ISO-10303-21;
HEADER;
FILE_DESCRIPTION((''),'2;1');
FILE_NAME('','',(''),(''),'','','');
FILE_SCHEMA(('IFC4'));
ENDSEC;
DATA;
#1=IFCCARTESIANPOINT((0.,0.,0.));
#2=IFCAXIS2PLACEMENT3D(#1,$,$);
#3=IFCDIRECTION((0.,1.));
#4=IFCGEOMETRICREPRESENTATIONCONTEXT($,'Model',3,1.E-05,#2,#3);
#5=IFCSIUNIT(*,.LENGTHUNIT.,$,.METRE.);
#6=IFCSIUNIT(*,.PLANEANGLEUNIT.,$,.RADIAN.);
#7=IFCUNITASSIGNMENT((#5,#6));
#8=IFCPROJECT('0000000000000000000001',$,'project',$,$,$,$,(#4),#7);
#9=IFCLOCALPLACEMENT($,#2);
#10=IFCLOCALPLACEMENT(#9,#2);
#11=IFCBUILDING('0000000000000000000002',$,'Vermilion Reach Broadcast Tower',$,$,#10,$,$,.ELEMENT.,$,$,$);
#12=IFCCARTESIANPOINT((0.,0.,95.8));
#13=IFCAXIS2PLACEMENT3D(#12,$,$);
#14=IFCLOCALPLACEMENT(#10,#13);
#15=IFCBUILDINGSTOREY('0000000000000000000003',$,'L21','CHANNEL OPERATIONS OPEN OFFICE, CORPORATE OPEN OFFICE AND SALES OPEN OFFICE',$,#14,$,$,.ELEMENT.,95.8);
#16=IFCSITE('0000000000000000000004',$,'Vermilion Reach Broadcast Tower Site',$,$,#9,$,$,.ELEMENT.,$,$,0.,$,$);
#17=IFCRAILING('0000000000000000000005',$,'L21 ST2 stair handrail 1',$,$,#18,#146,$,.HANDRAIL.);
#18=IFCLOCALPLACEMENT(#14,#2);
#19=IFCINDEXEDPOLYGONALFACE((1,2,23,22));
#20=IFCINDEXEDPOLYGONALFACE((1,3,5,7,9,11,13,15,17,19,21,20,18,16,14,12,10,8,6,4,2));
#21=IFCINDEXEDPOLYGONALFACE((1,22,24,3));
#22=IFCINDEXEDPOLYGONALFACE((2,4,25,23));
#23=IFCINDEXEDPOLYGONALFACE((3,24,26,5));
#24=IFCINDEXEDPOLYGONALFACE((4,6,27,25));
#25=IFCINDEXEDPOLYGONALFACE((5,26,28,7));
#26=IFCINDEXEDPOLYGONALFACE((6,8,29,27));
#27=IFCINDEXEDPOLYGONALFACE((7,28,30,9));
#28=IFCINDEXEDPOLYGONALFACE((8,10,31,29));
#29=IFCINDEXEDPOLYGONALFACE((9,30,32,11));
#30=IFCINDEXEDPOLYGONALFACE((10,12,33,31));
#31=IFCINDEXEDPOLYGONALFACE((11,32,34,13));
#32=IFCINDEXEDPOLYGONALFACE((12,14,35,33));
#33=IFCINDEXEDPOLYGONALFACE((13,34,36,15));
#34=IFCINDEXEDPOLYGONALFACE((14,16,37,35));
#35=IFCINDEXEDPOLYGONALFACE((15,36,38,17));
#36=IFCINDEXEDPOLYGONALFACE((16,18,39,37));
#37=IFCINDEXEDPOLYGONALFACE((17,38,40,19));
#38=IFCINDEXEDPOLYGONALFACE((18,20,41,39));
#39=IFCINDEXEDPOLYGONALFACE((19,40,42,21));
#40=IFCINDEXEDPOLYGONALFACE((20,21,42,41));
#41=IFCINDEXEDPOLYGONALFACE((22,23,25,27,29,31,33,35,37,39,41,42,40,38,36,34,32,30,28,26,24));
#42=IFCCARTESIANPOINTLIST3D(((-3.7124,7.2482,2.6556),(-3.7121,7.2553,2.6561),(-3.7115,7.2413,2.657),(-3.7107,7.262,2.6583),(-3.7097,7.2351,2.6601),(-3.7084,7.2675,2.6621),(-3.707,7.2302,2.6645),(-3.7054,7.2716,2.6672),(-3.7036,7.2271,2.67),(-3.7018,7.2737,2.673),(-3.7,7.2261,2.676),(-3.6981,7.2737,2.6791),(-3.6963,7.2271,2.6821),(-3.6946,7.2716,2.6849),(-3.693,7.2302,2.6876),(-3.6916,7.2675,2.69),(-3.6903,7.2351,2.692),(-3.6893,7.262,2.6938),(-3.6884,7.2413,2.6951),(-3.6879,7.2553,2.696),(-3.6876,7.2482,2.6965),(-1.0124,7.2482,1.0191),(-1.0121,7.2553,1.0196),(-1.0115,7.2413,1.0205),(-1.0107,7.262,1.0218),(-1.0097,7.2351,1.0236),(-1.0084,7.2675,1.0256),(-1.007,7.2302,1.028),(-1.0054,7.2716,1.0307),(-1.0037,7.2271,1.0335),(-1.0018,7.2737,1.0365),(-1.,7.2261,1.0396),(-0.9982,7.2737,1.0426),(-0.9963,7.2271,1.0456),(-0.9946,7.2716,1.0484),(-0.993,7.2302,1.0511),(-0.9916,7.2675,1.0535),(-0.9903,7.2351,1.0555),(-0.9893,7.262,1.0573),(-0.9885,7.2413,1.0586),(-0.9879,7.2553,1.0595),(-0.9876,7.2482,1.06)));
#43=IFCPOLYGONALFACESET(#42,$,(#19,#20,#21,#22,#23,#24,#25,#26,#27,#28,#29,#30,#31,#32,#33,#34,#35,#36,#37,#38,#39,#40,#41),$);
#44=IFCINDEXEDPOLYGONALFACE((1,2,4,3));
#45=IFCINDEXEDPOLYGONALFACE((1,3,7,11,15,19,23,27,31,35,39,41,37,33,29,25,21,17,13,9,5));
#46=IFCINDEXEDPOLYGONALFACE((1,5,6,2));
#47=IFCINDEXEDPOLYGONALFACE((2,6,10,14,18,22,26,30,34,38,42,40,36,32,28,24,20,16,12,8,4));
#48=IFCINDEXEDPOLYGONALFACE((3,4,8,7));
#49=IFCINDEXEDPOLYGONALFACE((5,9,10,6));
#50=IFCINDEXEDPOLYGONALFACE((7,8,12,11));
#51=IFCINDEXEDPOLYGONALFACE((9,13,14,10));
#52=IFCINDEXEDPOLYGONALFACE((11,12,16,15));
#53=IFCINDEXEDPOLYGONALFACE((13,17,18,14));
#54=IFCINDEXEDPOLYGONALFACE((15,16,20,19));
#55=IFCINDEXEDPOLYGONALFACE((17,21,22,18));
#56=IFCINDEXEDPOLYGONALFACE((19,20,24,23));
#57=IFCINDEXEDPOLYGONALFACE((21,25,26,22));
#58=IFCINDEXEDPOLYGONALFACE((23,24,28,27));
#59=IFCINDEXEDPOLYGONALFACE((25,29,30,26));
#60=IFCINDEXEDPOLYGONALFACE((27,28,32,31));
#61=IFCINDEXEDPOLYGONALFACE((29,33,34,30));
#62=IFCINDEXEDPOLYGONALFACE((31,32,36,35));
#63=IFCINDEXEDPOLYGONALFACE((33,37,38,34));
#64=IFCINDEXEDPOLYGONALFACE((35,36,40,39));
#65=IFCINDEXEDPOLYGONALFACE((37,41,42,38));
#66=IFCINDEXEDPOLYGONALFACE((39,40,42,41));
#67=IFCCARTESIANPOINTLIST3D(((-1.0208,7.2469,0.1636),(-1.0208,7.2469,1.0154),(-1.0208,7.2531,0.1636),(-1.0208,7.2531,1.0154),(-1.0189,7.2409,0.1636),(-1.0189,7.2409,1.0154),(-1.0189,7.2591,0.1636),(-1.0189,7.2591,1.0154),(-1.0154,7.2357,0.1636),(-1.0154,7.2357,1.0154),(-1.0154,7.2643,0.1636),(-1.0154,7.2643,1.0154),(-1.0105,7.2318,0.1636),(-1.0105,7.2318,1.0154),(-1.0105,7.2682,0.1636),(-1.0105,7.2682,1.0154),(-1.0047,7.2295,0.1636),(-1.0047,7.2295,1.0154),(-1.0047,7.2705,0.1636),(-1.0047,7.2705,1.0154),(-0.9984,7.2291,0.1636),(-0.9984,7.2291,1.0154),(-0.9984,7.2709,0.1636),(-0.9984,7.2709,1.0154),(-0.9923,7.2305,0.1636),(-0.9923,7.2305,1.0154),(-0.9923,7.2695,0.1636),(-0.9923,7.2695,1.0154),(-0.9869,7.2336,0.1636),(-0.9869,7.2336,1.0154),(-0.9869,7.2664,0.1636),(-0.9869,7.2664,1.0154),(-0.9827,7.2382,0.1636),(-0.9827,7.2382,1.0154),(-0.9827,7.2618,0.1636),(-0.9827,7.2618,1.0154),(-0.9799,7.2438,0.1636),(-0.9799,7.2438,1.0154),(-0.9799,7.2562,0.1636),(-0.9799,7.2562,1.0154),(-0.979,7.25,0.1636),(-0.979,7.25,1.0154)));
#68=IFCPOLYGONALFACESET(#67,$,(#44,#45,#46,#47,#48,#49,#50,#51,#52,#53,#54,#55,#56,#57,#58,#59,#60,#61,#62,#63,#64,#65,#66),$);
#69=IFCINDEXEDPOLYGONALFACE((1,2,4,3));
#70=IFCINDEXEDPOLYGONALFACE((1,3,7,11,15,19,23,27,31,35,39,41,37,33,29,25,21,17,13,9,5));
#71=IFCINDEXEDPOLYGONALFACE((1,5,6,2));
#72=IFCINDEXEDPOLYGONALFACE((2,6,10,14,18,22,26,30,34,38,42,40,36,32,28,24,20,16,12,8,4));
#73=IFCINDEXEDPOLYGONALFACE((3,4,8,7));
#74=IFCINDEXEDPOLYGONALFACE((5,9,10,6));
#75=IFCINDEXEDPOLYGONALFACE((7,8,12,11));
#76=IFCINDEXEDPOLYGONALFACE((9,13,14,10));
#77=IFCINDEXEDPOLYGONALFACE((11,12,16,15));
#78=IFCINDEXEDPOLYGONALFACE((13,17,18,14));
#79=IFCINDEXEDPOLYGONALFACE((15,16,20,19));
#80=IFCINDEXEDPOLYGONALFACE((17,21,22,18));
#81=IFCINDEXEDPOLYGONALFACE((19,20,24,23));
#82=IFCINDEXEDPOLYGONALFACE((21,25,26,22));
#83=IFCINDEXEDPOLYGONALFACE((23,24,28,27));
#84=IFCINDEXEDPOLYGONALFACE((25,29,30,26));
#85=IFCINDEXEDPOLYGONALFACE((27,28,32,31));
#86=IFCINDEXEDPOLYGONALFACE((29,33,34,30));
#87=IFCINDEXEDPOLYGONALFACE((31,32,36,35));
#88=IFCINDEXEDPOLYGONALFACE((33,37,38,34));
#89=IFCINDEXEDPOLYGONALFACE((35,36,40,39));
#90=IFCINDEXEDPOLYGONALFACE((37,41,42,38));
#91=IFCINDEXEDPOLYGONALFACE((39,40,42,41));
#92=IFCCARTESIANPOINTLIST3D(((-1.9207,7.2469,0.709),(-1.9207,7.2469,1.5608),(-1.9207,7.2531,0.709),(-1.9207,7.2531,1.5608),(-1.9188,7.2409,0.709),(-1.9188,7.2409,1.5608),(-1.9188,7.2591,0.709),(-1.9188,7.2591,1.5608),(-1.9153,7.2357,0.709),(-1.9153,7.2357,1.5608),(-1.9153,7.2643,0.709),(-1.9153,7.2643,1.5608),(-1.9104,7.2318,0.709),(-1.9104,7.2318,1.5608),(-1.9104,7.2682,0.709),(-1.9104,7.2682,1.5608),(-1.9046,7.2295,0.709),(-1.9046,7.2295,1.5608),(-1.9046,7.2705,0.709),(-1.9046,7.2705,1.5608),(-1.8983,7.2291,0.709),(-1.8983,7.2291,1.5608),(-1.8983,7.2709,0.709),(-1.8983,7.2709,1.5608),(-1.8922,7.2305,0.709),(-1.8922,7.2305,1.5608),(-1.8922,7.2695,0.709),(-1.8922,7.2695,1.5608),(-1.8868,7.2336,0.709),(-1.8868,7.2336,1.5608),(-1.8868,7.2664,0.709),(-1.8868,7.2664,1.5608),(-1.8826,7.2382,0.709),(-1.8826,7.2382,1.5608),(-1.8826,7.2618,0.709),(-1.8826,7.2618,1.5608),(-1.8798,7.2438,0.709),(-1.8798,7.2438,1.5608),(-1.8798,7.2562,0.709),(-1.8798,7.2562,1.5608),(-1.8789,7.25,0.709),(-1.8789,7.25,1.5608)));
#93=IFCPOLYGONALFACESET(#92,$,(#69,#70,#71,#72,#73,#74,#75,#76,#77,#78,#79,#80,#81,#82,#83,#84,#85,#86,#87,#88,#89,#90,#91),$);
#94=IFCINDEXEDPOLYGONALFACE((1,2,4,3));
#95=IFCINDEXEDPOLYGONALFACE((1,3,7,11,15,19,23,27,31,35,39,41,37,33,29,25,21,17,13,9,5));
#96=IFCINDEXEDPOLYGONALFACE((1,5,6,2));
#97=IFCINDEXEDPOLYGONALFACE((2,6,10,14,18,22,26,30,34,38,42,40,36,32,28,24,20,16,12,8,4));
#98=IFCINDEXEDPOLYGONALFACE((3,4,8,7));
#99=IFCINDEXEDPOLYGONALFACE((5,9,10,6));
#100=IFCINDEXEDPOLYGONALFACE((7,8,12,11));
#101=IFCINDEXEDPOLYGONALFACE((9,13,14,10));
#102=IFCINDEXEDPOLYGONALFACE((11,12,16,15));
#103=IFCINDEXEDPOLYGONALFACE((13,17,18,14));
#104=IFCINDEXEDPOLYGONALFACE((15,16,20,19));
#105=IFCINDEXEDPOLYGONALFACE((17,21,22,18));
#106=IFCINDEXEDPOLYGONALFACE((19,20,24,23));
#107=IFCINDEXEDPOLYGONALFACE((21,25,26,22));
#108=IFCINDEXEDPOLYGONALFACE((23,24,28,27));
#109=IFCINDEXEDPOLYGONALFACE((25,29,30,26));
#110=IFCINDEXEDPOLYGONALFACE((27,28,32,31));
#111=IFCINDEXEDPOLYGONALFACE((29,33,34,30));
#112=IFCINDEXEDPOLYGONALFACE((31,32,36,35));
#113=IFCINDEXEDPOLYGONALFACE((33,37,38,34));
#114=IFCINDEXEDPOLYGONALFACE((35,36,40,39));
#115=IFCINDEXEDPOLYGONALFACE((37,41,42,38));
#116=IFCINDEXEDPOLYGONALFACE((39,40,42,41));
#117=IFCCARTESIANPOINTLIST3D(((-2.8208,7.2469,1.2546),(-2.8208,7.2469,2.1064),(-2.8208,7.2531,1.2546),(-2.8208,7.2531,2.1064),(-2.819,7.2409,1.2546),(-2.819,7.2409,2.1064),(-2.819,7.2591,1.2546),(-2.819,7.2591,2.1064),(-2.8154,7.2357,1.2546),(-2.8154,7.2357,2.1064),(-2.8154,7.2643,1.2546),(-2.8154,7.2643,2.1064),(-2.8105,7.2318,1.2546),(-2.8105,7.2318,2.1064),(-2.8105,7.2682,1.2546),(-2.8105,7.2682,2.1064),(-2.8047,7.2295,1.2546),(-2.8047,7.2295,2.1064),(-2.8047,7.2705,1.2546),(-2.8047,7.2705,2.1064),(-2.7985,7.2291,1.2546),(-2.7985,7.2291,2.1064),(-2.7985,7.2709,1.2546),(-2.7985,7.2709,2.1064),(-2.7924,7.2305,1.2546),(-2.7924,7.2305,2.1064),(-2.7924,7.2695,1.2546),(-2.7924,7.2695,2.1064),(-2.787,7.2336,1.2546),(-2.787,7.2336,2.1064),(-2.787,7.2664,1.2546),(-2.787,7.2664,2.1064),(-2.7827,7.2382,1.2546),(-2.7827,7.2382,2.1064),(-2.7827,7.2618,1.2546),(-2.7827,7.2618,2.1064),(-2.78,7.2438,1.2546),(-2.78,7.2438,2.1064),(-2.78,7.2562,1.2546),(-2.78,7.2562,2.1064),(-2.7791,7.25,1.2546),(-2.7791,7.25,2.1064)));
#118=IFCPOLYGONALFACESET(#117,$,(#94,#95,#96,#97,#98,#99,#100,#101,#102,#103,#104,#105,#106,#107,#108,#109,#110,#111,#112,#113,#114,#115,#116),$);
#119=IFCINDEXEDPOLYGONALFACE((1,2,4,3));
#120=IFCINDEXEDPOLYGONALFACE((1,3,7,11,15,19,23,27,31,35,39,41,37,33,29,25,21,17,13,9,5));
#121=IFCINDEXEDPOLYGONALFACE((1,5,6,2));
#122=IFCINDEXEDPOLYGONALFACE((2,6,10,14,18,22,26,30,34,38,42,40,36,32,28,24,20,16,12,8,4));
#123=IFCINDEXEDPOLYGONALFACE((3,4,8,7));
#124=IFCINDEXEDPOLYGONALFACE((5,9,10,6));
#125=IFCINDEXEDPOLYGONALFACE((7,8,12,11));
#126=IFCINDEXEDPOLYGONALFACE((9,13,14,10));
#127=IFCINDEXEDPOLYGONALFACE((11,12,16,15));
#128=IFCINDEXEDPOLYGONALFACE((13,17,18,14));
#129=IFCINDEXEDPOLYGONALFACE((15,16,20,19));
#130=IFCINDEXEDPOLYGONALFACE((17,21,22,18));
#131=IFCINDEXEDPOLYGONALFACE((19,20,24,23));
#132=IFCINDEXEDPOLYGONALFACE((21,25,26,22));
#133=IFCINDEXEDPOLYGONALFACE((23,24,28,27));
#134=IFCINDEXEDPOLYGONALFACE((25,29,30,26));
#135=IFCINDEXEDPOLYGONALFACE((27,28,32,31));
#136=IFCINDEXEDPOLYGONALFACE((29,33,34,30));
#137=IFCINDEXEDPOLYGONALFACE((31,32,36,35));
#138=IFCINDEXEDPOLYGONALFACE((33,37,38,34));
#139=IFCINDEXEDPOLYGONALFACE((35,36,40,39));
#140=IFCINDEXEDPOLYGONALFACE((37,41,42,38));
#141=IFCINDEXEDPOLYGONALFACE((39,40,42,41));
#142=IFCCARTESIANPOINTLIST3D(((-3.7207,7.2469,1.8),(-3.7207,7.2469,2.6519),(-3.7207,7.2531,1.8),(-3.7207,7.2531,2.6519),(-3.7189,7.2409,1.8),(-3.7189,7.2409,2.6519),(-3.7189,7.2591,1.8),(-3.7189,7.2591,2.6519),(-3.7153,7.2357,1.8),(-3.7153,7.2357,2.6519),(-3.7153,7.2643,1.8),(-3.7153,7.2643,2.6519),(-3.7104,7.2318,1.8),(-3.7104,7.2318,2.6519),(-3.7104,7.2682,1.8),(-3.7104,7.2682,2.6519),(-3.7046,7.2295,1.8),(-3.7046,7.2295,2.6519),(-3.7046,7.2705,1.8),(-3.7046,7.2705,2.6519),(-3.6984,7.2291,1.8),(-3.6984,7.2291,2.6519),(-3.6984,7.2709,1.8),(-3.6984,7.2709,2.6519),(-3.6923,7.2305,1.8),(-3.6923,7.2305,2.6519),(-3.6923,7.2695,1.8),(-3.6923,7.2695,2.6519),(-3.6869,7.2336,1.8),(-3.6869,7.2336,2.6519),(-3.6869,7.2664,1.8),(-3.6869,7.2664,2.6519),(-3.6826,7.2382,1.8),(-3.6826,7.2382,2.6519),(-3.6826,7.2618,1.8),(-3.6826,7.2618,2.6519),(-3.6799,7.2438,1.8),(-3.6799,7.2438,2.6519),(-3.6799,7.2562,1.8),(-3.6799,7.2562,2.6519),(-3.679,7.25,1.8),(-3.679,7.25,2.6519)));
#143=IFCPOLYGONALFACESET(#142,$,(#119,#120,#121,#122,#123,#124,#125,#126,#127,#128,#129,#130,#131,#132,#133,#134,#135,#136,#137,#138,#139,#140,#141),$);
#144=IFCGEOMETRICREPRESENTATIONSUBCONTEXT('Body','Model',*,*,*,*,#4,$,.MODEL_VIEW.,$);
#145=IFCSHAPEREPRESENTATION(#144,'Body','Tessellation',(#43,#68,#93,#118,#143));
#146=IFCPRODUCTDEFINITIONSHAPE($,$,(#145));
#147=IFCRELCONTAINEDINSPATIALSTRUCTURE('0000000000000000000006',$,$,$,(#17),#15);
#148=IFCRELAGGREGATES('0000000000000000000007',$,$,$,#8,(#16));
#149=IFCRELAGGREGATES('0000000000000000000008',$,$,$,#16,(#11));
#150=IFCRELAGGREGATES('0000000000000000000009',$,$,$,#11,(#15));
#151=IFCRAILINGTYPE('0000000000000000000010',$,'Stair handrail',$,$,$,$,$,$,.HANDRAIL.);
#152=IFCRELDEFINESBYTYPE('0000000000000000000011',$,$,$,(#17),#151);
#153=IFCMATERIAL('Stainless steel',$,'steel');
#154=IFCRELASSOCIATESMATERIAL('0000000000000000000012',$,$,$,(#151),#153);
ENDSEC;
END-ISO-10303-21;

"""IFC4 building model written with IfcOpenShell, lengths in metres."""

from ifc_helpers import new_model, si_unit, direction, frame, origin, origin_2d, place, context, subcontext, project, spatial, circle, extrude, material, type_object, element, save


model = new_model("IFC4")

# Units and contexts
model_context = context("Model", 3, precision=1e-05, world=origin(), true_north=direction((0.0, 1.0)))
body_context = subcontext(model_context, "Body", "Model", "MODEL_VIEW")
ifc_project = project(units=[si_unit("LENGTHUNIT", "METRE"), si_unit("PLANEANGLEUNIT", "RADIAN")], contexts=[model_context])

# Site, building, storey
site_placement = place(None, origin())
site = spatial("IfcSite", under=ifc_project, at=site_placement, Name="Vermilion Reach Broadcast Tower Site", CompositionType="ELEMENT", RefElevation=0.0)
building_placement = place(site_placement, origin())
building = spatial("IfcBuilding", under=site, at=building_placement, Name="Vermilion Reach Broadcast Tower", CompositionType="ELEMENT")
storey_placement = place(building_placement, frame((0.0, 0.0, 95.8)))
storey = spatial("IfcBuildingStorey", under=building, at=storey_placement, Name="L21", Description="CHANNEL OPERATIONS OPEN OFFICE, CORPORATE OPEN OFFICE AND SALES OPEN OFFICE", CompositionType="ELEMENT", Elevation=95.8)

# Railing
ifc_material_1 = material(Name="Stainless steel", Category="steel")
railing_type_1 = type_object("IfcRailingType", Name="Stair handrail", PredefinedType="HANDRAIL", material=ifc_material_1)
railing_1_placement = place(storey_placement, frame((-1.0, 7.25, 0.1636)))
element("IfcRailing", 1, at=railing_1_placement, inside=storey, type_object=railing_type_1, Name="L21 ST2 stair handrail 1", PredefinedType="HANDRAIL", context=body_context, shape_type="SweptSolid", body=[
    extrude(circle(Radius=0.0239, at=origin_2d()), frame((0.0, 0.0, 0.876), z_axis=(-0.855178, 0.0, 0.518334), x_axis=(0.0, -1.0, 0.0)), (0.0, 0.0, 1.0), 3.1572),
    extrude(circle(Radius=0.021, at=origin_2d()), origin(), (0.0, 0.0, 1.0), 0.8518),
    extrude(circle(Radius=0.021, at=origin_2d()), frame((-0.8999, 0.0, 0.5454)), (0.0, 0.0, 1.0), 0.8518),
    extrude(circle(Radius=0.021, at=origin_2d()), frame((-1.8, 0.0, 1.0911)), (0.0, 0.0, 1.0), 0.8518),
    extrude(circle(Radius=0.021, at=origin_2d()), frame((-2.7, 0.0, 1.6365)), (0.0, 0.0, 1.0), 0.8518),
])

save(model, "model.ifc")
